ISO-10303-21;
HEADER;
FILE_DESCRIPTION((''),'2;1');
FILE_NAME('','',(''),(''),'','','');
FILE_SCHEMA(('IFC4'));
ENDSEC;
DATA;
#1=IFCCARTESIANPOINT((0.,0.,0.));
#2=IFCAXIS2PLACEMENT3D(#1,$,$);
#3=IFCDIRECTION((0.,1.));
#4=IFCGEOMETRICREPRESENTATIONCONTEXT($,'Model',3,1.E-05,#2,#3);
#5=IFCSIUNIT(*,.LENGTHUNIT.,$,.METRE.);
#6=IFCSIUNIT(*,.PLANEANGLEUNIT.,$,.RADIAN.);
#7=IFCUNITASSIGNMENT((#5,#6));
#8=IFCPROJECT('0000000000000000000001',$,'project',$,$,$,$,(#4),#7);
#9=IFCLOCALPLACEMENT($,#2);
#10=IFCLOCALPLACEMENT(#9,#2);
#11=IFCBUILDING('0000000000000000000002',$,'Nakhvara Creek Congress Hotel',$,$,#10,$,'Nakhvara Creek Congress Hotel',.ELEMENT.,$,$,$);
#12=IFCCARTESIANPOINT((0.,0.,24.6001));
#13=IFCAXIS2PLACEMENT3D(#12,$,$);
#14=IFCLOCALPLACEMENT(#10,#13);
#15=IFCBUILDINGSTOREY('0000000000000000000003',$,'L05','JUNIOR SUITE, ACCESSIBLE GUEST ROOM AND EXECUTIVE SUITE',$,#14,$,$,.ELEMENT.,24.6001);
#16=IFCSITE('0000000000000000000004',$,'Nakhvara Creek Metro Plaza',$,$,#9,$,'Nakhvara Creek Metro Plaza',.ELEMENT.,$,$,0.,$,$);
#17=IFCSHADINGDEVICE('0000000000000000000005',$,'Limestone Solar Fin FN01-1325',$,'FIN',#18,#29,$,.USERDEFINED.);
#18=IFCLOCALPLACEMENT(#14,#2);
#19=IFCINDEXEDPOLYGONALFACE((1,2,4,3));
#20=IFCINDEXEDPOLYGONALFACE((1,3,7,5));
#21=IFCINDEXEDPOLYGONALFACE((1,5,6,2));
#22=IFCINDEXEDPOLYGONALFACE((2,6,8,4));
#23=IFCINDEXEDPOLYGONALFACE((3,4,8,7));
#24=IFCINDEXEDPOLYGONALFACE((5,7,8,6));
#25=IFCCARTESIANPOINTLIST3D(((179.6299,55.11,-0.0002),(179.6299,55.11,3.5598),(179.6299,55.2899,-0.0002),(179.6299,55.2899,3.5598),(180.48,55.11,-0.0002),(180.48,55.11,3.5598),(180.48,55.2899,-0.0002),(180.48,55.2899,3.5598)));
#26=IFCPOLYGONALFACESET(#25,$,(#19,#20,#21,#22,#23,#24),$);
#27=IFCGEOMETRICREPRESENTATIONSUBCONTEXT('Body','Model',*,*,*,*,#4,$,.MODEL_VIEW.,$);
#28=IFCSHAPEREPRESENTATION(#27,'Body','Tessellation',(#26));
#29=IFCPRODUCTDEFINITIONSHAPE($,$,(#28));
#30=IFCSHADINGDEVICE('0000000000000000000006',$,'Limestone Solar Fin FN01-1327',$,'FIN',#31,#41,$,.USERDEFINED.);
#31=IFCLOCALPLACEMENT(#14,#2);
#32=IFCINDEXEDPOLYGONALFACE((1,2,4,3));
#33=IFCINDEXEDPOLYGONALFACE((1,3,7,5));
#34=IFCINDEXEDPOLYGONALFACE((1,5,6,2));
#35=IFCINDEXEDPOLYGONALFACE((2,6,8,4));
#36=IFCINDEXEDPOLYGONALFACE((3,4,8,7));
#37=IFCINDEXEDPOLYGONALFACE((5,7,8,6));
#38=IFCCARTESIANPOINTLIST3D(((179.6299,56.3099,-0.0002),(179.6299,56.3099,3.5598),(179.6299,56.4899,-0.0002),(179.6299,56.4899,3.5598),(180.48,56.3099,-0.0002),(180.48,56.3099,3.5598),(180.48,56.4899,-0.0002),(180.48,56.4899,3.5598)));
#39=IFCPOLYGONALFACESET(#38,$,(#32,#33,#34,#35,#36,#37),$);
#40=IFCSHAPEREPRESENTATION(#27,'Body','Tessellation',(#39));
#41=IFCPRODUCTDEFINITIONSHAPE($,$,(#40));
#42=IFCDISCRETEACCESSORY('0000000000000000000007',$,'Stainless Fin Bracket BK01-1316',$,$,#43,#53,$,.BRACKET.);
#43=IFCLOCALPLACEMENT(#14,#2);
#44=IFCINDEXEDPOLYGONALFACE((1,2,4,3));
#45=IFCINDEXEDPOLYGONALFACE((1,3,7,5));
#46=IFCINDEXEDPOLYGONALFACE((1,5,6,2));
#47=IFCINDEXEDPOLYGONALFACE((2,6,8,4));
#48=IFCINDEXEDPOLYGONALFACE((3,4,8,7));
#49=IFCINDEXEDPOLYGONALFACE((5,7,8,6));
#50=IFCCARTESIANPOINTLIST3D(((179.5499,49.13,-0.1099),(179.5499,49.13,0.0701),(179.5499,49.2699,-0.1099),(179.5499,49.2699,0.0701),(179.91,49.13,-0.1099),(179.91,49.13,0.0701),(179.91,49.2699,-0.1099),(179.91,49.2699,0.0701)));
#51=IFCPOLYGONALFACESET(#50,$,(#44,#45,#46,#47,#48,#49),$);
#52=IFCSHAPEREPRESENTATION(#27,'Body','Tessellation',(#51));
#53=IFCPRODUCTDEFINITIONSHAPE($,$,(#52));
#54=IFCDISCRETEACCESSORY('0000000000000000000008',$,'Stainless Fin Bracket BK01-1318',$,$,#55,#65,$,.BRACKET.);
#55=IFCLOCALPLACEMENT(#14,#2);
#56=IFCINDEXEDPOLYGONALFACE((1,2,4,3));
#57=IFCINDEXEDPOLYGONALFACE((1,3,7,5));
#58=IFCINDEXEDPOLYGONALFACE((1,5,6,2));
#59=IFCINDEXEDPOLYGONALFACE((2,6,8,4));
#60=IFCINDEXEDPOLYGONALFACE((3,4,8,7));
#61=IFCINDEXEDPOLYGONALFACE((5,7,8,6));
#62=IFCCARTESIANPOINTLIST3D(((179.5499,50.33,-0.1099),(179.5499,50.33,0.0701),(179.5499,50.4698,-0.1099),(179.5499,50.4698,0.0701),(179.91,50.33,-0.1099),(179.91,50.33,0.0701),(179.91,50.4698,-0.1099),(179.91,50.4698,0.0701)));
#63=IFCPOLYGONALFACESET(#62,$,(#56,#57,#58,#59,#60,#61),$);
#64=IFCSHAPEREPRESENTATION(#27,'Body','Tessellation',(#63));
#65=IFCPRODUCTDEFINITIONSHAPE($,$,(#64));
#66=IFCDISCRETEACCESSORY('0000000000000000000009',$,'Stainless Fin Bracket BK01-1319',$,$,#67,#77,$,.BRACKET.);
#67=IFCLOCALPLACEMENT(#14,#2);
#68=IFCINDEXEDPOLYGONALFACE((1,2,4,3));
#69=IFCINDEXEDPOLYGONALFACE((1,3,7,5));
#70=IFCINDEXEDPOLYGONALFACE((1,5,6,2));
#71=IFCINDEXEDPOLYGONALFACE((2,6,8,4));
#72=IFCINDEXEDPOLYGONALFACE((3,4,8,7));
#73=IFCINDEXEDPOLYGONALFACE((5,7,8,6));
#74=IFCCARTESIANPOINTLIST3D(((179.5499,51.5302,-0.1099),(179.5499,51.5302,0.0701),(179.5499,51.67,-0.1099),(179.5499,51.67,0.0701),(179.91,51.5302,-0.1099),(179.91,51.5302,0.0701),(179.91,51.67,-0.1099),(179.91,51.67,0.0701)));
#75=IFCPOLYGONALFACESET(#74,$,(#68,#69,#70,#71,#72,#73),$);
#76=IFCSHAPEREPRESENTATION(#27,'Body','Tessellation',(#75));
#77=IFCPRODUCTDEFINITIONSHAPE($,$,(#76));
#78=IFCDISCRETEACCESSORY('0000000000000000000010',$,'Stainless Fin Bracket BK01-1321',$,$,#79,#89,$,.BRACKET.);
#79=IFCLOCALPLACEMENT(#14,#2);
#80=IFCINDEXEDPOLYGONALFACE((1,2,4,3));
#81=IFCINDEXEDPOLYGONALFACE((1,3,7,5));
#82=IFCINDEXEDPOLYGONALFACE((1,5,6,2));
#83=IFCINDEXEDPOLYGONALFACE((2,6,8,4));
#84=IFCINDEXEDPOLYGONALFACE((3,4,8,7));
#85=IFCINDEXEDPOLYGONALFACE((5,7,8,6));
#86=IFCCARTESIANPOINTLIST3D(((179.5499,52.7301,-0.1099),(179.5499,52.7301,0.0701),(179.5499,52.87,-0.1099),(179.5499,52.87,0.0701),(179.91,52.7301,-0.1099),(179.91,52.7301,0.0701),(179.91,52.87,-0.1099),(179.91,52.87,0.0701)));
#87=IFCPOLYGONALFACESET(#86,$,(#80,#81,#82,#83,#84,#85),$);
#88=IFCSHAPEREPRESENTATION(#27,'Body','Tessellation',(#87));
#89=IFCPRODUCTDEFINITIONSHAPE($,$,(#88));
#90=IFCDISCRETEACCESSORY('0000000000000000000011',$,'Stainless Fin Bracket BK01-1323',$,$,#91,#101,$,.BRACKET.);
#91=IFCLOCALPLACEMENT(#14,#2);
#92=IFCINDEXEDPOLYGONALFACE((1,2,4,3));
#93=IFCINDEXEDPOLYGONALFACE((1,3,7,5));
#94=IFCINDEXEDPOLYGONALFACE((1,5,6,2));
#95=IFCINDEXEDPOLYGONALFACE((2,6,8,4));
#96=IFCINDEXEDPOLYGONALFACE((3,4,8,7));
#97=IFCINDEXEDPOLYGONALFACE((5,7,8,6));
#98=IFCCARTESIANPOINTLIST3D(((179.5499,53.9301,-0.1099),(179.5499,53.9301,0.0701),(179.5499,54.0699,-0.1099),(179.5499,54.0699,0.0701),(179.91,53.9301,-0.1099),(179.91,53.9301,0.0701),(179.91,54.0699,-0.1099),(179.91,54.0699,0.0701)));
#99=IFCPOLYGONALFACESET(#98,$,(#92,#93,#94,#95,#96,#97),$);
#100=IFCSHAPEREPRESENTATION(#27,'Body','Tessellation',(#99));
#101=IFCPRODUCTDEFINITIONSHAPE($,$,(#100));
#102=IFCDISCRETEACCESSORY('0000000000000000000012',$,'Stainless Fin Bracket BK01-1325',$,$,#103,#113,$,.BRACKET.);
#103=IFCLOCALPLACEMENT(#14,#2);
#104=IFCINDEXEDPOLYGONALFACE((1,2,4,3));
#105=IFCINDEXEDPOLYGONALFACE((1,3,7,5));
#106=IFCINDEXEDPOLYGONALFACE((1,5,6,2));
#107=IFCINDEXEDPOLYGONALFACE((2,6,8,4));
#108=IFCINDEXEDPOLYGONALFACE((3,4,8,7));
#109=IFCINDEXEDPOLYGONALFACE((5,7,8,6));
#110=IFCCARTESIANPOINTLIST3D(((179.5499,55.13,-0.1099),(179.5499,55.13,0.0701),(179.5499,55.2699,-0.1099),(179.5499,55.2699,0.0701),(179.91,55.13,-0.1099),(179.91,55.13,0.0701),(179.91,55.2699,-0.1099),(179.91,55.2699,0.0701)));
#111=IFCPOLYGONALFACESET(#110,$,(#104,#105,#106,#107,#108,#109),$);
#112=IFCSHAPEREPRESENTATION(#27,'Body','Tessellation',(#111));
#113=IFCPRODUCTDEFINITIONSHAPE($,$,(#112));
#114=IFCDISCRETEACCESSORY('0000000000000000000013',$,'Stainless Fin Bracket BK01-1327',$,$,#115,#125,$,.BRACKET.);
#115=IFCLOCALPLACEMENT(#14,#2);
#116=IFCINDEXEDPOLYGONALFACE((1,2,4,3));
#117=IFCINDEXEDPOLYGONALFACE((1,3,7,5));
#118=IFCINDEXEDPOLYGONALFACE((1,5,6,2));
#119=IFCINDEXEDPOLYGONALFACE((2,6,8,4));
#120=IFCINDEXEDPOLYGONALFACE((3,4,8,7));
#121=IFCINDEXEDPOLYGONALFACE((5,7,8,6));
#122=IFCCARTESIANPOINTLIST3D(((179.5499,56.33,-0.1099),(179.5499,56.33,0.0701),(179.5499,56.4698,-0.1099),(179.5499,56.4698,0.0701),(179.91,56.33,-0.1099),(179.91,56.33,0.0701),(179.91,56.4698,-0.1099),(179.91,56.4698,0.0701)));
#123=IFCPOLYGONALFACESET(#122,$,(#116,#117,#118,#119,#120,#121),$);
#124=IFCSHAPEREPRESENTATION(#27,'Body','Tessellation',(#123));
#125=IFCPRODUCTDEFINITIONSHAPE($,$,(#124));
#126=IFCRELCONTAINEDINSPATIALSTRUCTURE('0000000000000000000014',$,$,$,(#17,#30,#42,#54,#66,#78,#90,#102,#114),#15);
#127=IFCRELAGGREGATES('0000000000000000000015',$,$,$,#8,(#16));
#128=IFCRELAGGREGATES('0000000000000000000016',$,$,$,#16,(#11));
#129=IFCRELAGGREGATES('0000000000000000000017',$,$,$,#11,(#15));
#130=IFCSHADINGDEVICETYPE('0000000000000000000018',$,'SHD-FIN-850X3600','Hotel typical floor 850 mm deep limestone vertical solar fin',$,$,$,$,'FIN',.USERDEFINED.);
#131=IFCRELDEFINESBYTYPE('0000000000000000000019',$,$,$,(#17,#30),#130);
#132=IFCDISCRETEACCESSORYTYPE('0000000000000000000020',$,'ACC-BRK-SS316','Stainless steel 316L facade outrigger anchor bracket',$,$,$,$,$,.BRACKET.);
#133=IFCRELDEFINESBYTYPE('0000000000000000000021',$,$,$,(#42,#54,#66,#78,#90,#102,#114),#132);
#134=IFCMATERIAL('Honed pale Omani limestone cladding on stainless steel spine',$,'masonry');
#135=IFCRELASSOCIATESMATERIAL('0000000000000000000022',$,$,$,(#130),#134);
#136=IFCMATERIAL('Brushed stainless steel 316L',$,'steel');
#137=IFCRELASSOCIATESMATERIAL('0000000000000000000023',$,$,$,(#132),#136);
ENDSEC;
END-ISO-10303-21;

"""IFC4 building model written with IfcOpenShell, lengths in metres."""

from ifc_helpers import new_model, si_unit, direction, frame, origin, origin_2d, place, context, subcontext, project, spatial, rectangle, extrude, material, type_object, element, save


model = new_model("IFC4")

# Units and contexts
model_context = context("Model", 3, precision=1e-05, world=origin(), true_north=direction((0.0, 1.0)))
body_context = subcontext(model_context, "Body", "Model", "MODEL_VIEW")
ifc_project = project(units=[si_unit("LENGTHUNIT", "METRE"), si_unit("PLANEANGLEUNIT", "RADIAN")], contexts=[model_context])

# Site, building, storey
site_placement = place(None, origin())
site = spatial("IfcSite", under=ifc_project, at=site_placement, Name="Nakhvara Creek Metro Plaza", LongName="Nakhvara Creek Metro Plaza", CompositionType="ELEMENT", RefElevation=0.0)
building_placement = place(site_placement, origin())
building = spatial("IfcBuilding", under=site, at=building_placement, Name="Nakhvara Creek Congress Hotel", LongName="Nakhvara Creek Congress Hotel", CompositionType="ELEMENT")
storey_placement = place(building_placement, frame((0.0, 0.0, 24.6001)))
storey = spatial("IfcBuildingStorey", under=building, at=storey_placement, Name="L05", Description="JUNIOR SUITE, ACCESSIBLE GUEST ROOM AND EXECUTIVE SUITE", CompositionType="ELEMENT", Elevation=24.6001)

# Shading devices
ifc_material_1 = material(Name="Honed pale Omani limestone cladding on stainless steel spine", Category="masonry")
shading_device_type = type_object("IfcShadingDeviceType", Name="SHD-FIN-850X3600", Description="Hotel typical floor 850 mm deep limestone vertical solar fin", ElementType="FIN", PredefinedType="USERDEFINED", material=ifc_material_1)
for number, where, z_axis, x_axis, name in (
    (1, (180.0549, 55.2, -0.0002), (0.0, 0.0, 1.0), (0.0, 1.0, 0.0), "Limestone Solar Fin FN01-1325"),
    (2, (180.0549, 56.3999, -0.0002), (0.0, 0.0, 1.0), (0.0, 1.0, 0.0), "Limestone Solar Fin FN01-1327"),
):
    element("IfcShadingDevice", number, at=place(storey_placement, frame(where, z_axis=z_axis, x_axis=x_axis)), inside=storey, type_object=shading_device_type, Name=name, ObjectType="FIN", PredefinedType="USERDEFINED", context=body_context, shape_type="SweptSolid", body=[
        extrude(rectangle(XDim=0.1799, YDim=0.8501, at=origin_2d()), origin(), (0.0, 0.0, 1.0), 3.5601),
    ])

# Discrete accessories
ifc_material_2 = material(Name="Brushed stainless steel 316L", Category="steel")
discrete_accessory_type = type_object("IfcDiscreteAccessoryType", Name="ACC-BRK-SS316", Description="Stainless steel 316L facade outrigger anchor bracket", PredefinedType="BRACKET", material=ifc_material_2)
for number, where, z_axis, x_axis, name in (
    (3, (179.73, 49.2, -0.1099), (0.0, 0.0, 1.0), (0.0, 1.0, 0.0), "Stainless Fin Bracket BK01-1316"),
    (4, (179.73, 50.3999, -0.1099), (0.0, 0.0, 1.0), (0.0, 1.0, 0.0), "Stainless Fin Bracket BK01-1318"),
    (5, (179.73, 51.6001, -0.1099), (0.0, 0.0, 1.0), (0.0, 1.0, 0.0), "Stainless Fin Bracket BK01-1319"),
    (6, (179.73, 52.8, -0.1099), (0.0, 0.0, 1.0), (0.0, 1.0, 0.0), "Stainless Fin Bracket BK01-1321"),
    (7, (179.73, 54.0, -0.1099), (0.0, 0.0, 1.0), (0.0, 1.0, 0.0), "Stainless Fin Bracket BK01-1323"),
    (8, (179.73, 55.2, -0.1099), (0.0, 0.0, 1.0), (0.0, 1.0, 0.0), "Stainless Fin Bracket BK01-1325"),
    (9, (179.73, 56.3999, -0.1099), (0.0, 0.0, 1.0), (0.0, 1.0, 0.0), "Stainless Fin Bracket BK01-1327"),
):
    element("IfcDiscreteAccessory", number, at=place(storey_placement, frame(where, z_axis=z_axis, x_axis=x_axis)), inside=storey, type_object=discrete_accessory_type, Name=name, PredefinedType="BRACKET", context=body_context, shape_type="SweptSolid", body=[
        extrude(rectangle(XDim=0.1399, YDim=0.3601, at=origin_2d()), origin(), (0.0, 0.0, 1.0), 0.1799),
    ])

save(model, "model.ifc")
